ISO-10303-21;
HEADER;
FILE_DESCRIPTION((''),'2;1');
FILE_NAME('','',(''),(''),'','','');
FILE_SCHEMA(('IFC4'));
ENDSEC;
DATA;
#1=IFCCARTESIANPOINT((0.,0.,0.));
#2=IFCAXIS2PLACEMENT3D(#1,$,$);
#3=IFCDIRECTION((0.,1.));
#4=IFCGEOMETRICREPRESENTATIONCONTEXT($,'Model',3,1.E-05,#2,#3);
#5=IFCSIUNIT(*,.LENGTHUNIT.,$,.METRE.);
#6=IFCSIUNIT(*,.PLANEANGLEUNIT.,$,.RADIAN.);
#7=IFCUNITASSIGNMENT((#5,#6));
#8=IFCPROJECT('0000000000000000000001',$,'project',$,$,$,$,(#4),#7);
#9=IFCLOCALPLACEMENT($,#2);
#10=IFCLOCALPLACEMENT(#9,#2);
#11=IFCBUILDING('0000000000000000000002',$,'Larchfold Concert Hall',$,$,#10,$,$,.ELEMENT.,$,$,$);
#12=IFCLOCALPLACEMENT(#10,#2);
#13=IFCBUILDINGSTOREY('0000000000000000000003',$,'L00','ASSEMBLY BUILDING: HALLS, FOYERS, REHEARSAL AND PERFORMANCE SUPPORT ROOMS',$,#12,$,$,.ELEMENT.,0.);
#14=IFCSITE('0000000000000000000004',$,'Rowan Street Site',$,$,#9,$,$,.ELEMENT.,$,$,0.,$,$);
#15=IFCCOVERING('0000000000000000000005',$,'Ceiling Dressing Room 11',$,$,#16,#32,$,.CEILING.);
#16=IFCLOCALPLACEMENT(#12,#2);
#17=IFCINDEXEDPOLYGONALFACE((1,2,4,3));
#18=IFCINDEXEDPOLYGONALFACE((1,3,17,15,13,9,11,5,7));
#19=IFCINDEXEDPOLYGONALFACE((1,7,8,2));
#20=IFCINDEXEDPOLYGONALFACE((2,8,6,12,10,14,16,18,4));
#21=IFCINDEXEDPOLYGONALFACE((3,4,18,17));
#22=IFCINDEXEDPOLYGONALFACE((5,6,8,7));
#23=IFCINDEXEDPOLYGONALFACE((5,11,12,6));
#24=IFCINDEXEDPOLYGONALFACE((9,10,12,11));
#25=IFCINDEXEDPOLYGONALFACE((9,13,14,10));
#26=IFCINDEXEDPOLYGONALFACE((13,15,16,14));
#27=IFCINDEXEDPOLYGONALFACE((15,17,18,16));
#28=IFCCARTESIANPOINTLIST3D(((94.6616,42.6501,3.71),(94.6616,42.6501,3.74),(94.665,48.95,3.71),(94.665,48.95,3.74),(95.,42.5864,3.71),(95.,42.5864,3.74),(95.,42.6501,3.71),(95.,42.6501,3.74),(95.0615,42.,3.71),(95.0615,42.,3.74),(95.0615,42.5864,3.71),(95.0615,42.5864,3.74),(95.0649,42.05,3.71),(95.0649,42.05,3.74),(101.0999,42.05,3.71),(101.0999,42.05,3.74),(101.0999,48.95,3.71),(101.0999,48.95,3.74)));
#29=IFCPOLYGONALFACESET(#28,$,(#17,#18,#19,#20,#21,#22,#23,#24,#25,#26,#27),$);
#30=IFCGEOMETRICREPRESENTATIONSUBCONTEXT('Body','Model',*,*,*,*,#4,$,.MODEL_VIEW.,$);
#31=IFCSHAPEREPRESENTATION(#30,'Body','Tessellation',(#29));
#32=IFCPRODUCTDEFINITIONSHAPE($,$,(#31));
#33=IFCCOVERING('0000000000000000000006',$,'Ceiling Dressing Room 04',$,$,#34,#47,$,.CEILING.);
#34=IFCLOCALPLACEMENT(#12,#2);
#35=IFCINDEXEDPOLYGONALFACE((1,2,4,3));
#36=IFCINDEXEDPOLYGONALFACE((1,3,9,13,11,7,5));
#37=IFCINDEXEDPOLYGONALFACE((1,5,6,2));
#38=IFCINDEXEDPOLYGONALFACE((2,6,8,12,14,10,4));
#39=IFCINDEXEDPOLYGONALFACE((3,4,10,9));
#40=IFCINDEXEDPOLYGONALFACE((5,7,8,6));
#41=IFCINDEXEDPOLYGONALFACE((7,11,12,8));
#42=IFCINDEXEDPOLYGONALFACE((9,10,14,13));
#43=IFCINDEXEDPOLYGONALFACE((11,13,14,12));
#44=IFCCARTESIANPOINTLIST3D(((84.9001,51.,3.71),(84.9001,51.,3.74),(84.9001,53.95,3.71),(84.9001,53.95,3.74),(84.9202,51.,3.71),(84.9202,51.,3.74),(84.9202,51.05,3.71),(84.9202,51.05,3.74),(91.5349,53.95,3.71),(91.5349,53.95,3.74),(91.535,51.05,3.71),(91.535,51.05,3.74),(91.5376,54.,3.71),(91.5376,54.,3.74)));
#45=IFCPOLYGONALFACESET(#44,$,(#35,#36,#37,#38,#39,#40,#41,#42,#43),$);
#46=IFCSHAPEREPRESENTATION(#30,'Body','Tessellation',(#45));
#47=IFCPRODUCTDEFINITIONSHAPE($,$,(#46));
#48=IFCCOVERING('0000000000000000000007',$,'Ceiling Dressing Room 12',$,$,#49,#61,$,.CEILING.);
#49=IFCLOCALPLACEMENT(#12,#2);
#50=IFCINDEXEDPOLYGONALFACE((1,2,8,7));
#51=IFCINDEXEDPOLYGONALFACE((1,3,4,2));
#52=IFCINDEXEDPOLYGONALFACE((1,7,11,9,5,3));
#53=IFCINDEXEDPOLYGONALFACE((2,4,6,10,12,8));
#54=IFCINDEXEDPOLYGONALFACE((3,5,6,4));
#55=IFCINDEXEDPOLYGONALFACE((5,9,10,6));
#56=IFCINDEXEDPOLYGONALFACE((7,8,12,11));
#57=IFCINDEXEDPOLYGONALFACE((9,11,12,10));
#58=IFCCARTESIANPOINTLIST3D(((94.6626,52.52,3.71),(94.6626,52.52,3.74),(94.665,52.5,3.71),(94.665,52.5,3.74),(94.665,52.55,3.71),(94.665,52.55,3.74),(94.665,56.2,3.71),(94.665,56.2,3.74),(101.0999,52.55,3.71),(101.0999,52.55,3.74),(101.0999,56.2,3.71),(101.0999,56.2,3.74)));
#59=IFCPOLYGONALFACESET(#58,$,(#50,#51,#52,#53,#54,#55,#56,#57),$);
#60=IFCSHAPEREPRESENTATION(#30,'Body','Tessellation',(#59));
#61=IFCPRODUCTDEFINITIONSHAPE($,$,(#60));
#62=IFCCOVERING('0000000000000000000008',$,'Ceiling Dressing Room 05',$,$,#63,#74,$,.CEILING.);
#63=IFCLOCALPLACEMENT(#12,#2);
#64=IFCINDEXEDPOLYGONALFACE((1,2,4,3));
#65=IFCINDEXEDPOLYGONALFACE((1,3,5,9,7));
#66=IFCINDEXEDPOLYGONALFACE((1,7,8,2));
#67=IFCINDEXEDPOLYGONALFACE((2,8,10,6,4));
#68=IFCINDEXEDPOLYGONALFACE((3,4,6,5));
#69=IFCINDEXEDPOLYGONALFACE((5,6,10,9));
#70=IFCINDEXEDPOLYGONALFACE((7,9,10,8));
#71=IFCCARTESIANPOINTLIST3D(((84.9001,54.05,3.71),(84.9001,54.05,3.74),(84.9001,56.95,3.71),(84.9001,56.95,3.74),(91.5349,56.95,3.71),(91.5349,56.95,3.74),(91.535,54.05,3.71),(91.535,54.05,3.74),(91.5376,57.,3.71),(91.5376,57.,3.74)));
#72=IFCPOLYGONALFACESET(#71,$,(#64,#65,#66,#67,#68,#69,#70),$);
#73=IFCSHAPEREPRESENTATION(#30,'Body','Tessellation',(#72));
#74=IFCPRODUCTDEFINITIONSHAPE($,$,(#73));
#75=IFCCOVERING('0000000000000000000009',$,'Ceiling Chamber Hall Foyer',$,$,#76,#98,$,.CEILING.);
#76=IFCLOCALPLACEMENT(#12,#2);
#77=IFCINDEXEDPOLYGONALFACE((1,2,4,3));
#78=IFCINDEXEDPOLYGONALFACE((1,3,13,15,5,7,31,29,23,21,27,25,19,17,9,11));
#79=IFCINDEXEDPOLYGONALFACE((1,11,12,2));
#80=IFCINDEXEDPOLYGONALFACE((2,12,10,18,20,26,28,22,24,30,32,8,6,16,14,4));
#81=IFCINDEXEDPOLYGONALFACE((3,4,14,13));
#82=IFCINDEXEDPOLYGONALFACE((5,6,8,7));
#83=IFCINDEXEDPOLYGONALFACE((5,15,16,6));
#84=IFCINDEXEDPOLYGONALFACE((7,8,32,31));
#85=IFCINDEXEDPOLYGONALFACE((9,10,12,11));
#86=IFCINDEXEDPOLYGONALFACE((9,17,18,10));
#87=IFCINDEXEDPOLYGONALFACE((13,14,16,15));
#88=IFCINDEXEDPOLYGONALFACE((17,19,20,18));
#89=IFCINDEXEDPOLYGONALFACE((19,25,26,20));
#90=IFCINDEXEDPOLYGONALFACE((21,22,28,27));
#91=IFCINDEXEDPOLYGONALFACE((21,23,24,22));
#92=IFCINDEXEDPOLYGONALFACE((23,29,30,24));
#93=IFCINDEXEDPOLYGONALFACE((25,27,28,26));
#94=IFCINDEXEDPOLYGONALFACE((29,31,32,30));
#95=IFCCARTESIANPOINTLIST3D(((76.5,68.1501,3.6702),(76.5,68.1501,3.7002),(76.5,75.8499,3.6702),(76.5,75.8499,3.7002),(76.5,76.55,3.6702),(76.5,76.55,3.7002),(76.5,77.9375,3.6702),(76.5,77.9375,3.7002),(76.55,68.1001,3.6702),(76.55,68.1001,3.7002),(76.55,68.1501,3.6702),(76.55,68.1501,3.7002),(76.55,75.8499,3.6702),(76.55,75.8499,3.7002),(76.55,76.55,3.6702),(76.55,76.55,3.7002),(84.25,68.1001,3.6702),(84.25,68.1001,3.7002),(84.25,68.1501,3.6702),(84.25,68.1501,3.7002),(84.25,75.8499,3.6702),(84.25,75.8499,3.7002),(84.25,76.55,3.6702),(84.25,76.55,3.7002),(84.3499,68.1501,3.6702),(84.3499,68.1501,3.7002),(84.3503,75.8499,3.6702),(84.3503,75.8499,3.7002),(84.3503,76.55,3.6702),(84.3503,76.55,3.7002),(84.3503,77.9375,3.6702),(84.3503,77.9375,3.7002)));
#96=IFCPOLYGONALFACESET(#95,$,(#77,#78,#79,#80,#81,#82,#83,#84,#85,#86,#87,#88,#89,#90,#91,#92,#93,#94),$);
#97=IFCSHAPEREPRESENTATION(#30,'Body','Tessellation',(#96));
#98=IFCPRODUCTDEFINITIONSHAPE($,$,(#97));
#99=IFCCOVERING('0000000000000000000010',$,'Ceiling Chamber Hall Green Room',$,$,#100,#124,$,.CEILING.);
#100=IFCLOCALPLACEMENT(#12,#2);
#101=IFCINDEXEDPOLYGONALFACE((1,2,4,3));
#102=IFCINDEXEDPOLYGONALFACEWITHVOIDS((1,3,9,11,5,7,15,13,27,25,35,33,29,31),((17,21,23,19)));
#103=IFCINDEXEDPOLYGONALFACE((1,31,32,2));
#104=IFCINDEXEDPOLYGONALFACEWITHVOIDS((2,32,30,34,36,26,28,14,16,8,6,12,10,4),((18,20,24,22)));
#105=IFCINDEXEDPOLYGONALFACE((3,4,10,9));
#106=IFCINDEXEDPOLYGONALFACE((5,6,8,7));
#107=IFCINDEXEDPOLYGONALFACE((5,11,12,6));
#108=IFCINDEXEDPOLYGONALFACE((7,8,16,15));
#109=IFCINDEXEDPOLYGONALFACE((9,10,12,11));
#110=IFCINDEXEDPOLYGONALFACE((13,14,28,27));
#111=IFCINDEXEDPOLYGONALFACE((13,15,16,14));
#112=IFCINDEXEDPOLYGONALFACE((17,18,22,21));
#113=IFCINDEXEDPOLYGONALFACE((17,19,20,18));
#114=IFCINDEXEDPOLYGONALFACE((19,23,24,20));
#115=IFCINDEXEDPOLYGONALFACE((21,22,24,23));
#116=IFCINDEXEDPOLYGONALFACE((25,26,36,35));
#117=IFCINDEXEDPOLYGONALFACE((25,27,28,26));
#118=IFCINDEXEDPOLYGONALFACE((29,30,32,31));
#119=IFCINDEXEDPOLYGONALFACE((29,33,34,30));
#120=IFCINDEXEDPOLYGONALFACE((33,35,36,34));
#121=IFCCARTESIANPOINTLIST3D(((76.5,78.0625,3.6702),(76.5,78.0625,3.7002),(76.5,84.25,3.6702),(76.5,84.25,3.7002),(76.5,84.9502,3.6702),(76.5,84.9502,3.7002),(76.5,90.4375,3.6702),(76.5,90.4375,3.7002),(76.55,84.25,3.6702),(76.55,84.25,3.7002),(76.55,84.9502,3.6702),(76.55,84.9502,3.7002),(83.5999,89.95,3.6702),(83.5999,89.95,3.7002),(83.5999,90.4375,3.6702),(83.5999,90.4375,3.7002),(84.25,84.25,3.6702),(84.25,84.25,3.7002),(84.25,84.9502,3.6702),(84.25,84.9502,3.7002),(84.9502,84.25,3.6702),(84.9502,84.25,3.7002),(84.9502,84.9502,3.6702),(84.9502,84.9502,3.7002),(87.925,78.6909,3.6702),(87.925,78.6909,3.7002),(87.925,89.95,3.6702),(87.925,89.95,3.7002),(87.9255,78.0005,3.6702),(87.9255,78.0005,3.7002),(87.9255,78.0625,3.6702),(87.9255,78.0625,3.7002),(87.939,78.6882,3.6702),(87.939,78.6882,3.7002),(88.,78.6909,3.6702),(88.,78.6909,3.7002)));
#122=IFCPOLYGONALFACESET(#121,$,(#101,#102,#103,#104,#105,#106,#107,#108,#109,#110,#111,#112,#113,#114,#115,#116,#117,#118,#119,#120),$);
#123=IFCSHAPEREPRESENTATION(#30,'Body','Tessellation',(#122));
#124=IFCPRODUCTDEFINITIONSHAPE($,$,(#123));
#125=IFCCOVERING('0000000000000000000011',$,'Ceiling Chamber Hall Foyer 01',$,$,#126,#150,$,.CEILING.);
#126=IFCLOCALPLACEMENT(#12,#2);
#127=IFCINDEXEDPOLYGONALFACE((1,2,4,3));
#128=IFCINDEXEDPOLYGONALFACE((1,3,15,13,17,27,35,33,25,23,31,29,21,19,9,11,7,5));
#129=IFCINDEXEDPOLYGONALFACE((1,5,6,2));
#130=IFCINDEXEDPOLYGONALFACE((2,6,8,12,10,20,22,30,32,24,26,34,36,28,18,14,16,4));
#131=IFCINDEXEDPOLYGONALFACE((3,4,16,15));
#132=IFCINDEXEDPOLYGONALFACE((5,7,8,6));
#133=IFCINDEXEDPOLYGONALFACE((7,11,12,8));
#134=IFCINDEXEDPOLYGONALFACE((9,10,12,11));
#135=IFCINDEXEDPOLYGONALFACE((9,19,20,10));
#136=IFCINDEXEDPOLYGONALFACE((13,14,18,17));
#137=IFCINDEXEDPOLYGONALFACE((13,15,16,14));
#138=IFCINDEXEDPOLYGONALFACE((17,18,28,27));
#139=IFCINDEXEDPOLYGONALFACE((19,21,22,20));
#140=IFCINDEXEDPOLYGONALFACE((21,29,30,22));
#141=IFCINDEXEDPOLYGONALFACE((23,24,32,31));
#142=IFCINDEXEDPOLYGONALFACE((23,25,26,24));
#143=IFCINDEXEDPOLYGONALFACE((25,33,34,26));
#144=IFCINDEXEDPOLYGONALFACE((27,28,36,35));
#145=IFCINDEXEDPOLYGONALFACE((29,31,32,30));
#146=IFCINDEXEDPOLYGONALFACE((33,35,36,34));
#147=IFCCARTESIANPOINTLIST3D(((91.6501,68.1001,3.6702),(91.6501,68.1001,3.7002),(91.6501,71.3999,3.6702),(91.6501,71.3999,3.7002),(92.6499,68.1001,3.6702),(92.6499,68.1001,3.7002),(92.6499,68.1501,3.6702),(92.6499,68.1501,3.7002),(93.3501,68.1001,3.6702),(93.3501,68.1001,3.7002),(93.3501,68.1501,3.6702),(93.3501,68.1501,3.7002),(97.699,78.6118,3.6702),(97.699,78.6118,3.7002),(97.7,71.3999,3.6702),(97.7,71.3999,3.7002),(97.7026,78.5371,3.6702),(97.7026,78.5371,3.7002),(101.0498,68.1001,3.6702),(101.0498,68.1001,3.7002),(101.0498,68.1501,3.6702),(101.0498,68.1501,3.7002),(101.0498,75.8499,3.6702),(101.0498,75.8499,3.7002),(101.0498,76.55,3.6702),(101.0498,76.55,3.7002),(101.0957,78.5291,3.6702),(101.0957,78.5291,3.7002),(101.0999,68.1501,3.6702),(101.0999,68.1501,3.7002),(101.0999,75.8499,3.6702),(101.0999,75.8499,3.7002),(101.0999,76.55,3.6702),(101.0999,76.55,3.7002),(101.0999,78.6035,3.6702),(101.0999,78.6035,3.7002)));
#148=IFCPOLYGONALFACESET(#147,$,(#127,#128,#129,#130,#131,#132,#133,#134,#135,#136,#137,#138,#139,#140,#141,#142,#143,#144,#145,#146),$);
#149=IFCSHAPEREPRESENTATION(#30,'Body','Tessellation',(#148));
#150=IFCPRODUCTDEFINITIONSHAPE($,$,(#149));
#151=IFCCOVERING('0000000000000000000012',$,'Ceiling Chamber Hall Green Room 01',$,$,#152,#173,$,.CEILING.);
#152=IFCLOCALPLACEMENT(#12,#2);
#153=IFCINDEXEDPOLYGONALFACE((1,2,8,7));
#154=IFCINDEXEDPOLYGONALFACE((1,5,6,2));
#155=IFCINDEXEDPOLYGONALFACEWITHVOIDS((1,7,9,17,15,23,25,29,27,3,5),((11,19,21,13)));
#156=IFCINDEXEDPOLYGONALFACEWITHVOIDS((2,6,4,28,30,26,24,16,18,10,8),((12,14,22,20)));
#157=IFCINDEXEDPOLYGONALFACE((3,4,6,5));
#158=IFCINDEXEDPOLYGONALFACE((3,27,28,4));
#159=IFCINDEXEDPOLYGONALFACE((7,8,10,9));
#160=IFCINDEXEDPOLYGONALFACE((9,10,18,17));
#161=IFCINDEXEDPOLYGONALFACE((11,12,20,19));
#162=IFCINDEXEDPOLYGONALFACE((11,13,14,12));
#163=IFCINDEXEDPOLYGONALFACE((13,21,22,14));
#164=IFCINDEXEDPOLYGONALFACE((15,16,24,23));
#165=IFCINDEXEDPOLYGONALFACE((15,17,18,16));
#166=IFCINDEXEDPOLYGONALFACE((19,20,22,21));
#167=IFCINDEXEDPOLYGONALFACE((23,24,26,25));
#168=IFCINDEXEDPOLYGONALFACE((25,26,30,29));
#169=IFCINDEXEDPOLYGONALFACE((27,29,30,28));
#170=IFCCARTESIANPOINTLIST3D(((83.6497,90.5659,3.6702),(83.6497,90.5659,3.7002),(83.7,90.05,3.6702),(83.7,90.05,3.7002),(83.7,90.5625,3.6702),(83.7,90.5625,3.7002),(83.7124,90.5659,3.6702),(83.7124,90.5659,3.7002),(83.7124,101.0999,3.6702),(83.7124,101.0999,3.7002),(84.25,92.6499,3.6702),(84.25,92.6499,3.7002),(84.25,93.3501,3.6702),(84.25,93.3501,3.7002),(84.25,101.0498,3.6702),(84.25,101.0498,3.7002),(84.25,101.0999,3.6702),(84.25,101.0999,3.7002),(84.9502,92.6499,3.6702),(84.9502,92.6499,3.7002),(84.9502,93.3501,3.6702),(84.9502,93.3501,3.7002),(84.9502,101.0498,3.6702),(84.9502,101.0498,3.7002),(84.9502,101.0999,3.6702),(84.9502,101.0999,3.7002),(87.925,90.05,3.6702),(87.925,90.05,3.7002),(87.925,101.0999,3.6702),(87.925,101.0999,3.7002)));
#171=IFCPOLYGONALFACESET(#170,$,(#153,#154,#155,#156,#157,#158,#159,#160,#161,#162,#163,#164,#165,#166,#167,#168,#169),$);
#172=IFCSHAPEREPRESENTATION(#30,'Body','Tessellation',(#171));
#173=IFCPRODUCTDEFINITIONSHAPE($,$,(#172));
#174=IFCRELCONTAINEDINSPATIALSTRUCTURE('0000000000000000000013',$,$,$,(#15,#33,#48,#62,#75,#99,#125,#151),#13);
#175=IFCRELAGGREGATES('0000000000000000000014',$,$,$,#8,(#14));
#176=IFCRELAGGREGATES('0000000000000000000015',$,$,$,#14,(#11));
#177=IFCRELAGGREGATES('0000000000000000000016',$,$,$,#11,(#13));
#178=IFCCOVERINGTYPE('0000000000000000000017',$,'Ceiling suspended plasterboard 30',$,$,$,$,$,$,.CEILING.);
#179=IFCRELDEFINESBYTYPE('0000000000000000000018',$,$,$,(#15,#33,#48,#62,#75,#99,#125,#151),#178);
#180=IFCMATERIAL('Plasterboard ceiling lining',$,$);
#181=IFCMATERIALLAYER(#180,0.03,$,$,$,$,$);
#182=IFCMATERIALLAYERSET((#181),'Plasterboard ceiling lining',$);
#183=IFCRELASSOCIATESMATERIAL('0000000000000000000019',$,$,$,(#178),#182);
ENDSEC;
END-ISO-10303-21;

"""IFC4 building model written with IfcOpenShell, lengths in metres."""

from ifc_helpers import new_model, si_unit, direction, frame, origin, place, context, subcontext, project, spatial, polyline, outline, extrude, material, layer, layer_set, type_object, element, save


model = new_model("IFC4")

# Units and contexts
model_context = context("Model", 3, precision=1e-05, world=origin(), true_north=direction((0.0, 1.0)))
body_context = subcontext(model_context, "Body", "Model", "MODEL_VIEW")
ifc_project = project(units=[si_unit("LENGTHUNIT", "METRE"), si_unit("PLANEANGLEUNIT", "RADIAN")], contexts=[model_context])

# Site, building, storey
site_placement = place(None, origin())
site = spatial("IfcSite", under=ifc_project, at=site_placement, Name="Rowan Street Site", CompositionType="ELEMENT", RefElevation=0.0)
building_placement = place(site_placement, origin())
building = spatial("IfcBuilding", under=site, at=building_placement, Name="Larchfold Concert Hall", CompositionType="ELEMENT")
storey_placement = place(building_placement, origin())
storey = spatial("IfcBuildingStorey", under=building, at=storey_placement, Name="L00", Description="ASSEMBLY BUILDING: HALLS, FOYERS, REHEARSAL AND PERFORMANCE SUPPORT ROOMS", CompositionType="ELEMENT", Elevation=0.0)

# Coverings
ifc_material_1 = material(Name="Plasterboard ceiling lining")
ifc_layer_1 = layer(ifc_material_1, 0.03)
ifc_layer_set_1 = layer_set([ifc_layer_1], Name="Plasterboard ceiling lining")
covering_type_1 = type_object("IfcCoveringType", Name="Ceiling suspended plasterboard 30", PredefinedType="CEILING", material=ifc_layer_set_1)
covering_1_placement = place(storey_placement, frame((0.0, 0.0, 3.71)))
element("IfcCovering", 1, at=covering_1_placement, inside=storey, type_object=covering_type_1, Name="Ceiling Dressing Room 11", PredefinedType="CEILING", context=body_context, shape_type="SweptSolid", body=[
    extrude(outline(polyline([(94.665, 49.0), (94.6616, 42.6501), (95.0, 42.6501), (95.0, 42.5864), (95.0615, 42.5864), (95.0615, 42.0), (95.0649, 42.05), (101.0999, 42.05), (101.0999, 48.95), (94.665, 48.95), (94.665, 49.0)])), origin(), (0.0, 0.0, 1.0), 0.03),
])
covering_2_placement = place(storey_placement, frame((0.0, 0.0, 3.71)))
element("IfcCovering", 2, at=covering_2_placement, inside=storey, type_object=covering_type_1, Name="Ceiling Dressing Room 04", PredefinedType="CEILING", context=body_context, shape_type="SweptSolid", body=[
    extrude(outline(polyline([(91.5349, 51.0), (91.5376, 54.0), (91.5349, 53.95), (84.9001, 53.95), (84.9001, 51.0), (84.9202, 51.0), (84.9202, 51.05), (91.5349, 51.05), (91.5349, 51.0)])), origin(), (0.0, 0.0, 1.0), 0.03),
])
covering_3_placement = place(storey_placement, frame((0.0, 0.0, 3.71)))
element("IfcCovering", 3, at=covering_3_placement, inside=storey, type_object=covering_type_1, Name="Ceiling Dressing Room 12", PredefinedType="CEILING", context=body_context, shape_type="SweptSolid", body=[
    extrude(outline(polyline([(94.6626, 52.52), (94.665, 52.5), (94.665, 52.55), (101.0999, 52.55), (101.0999, 56.2), (94.665, 56.2), (94.665, 56.25), (94.6626, 52.52)])), origin(), (0.0, 0.0, 1.0), 0.03),
])
covering_4_placement = place(storey_placement, frame((0.0, 0.0, 3.71)))
element("IfcCovering", 4, at=covering_4_placement, inside=storey, type_object=covering_type_1, Name="Ceiling Dressing Room 05", PredefinedType="CEILING", context=body_context, shape_type="SweptSolid", body=[
    extrude(outline(polyline([(91.5349, 54.0), (91.5376, 57.0), (91.5349, 56.95), (84.9001, 56.95), (84.9001, 54.05), (91.5349, 54.05), (91.5349, 54.0)])), origin(), (0.0, 0.0, 1.0), 0.03),
])
covering_5_placement = place(storey_placement, frame((0.0, 0.0, 3.6702)))
element("IfcCovering", 5, at=covering_5_placement, inside=storey, type_object=covering_type_1, Name="Ceiling Chamber Hall Foyer", PredefinedType="CEILING", context=body_context, shape_type="SweptSolid", body=[
    extrude(outline(polyline([(84.3503, 76.55), (84.3503, 77.9375), (76.5, 77.9375), (76.5, 76.55), (76.55, 76.55), (76.55, 75.8499), (76.5, 75.8499), (76.5, 68.1501), (76.55, 68.1501), (76.55, 68.1001), (84.25, 68.1001), (84.25, 68.1501), (84.3499, 68.1501), (84.3503, 75.8499), (84.25, 75.8499), (84.25, 76.55), (84.3503, 76.55)])), origin(), (0.0, 0.0, 1.0), 0.03),
])
covering_6_placement = place(storey_placement, frame((0.0, 0.0, 3.6702)))
element("IfcCovering", 6, at=covering_6_placement, inside=storey, type_object=covering_type_1, Name="Ceiling Chamber Hall Green Room", PredefinedType="CEILING", context=body_context, shape_type="SweptSolid", body=[
    extrude(outline(polyline([(76.55, 84.25), (76.5, 84.25), (76.5, 78.0625), (87.9255, 78.0625), (87.9255, 78.0005), (87.939, 78.6882), (88.0, 78.6909), (87.925, 78.6909), (87.925, 89.95), (83.5999, 89.95), (83.5999, 90.4375), (76.5, 90.4375), (76.5, 84.9502), (76.55, 84.9502), (76.55, 84.25)]), holes=[polyline([(84.9502, 84.25), (84.25, 84.25), (84.25, 84.9502), (84.9502, 84.9502), (84.9502, 84.25)])]), origin(), (0.0, 0.0, 1.0), 0.03),
])
covering_7_placement = place(storey_placement, frame((0.0, 0.0, 3.6702)))
element("IfcCovering", 7, at=covering_7_placement, inside=storey, type_object=covering_type_1, Name="Ceiling Chamber Hall Foyer 01", PredefinedType="CEILING", context=body_context, shape_type="SweptSolid", body=[
    extrude(outline(polyline([(97.699, 78.6118), (97.7, 71.3999), (91.6501, 71.3999), (91.6501, 68.1001), (92.6499, 68.1001), (92.6499, 68.1501), (93.3501, 68.1501), (93.3501, 68.1001), (101.0498, 68.1001), (101.0498, 68.1501), (101.0999, 68.1501), (101.0999, 75.8499), (101.0498, 75.8499), (101.0498, 76.55), (101.0999, 76.55), (101.0999, 78.6035), (101.0957, 78.5291), (97.7026, 78.5371), (97.699, 78.6118)])), origin(), (0.0, 0.0, 1.0), 0.03),
])
covering_8_placement = place(storey_placement, frame((0.0, 0.0, 3.6702)))
element("IfcCovering", 8, at=covering_8_placement, inside=storey, type_object=covering_type_1, Name="Ceiling Chamber Hall Green Room 01", PredefinedType="CEILING", context=body_context, shape_type="SweptSolid", body=[
    extrude(outline(polyline([(83.6497, 90.5659), (83.7, 90.5625), (83.7, 90.05), (87.925, 90.05), (87.925, 101.0999), (84.9502, 101.0999), (84.9502, 101.0498), (84.25, 101.0498), (84.25, 101.0999), (83.7124, 101.0999), (83.7124, 90.5659), (83.6497, 90.5659)]), holes=[polyline([(84.9502, 92.6499), (84.25, 92.6499), (84.25, 93.3501), (84.9502, 93.3501), (84.9502, 92.6499)])]), origin(), (0.0, 0.0, 1.0), 0.03),
])

save(model, "model.ifc")
